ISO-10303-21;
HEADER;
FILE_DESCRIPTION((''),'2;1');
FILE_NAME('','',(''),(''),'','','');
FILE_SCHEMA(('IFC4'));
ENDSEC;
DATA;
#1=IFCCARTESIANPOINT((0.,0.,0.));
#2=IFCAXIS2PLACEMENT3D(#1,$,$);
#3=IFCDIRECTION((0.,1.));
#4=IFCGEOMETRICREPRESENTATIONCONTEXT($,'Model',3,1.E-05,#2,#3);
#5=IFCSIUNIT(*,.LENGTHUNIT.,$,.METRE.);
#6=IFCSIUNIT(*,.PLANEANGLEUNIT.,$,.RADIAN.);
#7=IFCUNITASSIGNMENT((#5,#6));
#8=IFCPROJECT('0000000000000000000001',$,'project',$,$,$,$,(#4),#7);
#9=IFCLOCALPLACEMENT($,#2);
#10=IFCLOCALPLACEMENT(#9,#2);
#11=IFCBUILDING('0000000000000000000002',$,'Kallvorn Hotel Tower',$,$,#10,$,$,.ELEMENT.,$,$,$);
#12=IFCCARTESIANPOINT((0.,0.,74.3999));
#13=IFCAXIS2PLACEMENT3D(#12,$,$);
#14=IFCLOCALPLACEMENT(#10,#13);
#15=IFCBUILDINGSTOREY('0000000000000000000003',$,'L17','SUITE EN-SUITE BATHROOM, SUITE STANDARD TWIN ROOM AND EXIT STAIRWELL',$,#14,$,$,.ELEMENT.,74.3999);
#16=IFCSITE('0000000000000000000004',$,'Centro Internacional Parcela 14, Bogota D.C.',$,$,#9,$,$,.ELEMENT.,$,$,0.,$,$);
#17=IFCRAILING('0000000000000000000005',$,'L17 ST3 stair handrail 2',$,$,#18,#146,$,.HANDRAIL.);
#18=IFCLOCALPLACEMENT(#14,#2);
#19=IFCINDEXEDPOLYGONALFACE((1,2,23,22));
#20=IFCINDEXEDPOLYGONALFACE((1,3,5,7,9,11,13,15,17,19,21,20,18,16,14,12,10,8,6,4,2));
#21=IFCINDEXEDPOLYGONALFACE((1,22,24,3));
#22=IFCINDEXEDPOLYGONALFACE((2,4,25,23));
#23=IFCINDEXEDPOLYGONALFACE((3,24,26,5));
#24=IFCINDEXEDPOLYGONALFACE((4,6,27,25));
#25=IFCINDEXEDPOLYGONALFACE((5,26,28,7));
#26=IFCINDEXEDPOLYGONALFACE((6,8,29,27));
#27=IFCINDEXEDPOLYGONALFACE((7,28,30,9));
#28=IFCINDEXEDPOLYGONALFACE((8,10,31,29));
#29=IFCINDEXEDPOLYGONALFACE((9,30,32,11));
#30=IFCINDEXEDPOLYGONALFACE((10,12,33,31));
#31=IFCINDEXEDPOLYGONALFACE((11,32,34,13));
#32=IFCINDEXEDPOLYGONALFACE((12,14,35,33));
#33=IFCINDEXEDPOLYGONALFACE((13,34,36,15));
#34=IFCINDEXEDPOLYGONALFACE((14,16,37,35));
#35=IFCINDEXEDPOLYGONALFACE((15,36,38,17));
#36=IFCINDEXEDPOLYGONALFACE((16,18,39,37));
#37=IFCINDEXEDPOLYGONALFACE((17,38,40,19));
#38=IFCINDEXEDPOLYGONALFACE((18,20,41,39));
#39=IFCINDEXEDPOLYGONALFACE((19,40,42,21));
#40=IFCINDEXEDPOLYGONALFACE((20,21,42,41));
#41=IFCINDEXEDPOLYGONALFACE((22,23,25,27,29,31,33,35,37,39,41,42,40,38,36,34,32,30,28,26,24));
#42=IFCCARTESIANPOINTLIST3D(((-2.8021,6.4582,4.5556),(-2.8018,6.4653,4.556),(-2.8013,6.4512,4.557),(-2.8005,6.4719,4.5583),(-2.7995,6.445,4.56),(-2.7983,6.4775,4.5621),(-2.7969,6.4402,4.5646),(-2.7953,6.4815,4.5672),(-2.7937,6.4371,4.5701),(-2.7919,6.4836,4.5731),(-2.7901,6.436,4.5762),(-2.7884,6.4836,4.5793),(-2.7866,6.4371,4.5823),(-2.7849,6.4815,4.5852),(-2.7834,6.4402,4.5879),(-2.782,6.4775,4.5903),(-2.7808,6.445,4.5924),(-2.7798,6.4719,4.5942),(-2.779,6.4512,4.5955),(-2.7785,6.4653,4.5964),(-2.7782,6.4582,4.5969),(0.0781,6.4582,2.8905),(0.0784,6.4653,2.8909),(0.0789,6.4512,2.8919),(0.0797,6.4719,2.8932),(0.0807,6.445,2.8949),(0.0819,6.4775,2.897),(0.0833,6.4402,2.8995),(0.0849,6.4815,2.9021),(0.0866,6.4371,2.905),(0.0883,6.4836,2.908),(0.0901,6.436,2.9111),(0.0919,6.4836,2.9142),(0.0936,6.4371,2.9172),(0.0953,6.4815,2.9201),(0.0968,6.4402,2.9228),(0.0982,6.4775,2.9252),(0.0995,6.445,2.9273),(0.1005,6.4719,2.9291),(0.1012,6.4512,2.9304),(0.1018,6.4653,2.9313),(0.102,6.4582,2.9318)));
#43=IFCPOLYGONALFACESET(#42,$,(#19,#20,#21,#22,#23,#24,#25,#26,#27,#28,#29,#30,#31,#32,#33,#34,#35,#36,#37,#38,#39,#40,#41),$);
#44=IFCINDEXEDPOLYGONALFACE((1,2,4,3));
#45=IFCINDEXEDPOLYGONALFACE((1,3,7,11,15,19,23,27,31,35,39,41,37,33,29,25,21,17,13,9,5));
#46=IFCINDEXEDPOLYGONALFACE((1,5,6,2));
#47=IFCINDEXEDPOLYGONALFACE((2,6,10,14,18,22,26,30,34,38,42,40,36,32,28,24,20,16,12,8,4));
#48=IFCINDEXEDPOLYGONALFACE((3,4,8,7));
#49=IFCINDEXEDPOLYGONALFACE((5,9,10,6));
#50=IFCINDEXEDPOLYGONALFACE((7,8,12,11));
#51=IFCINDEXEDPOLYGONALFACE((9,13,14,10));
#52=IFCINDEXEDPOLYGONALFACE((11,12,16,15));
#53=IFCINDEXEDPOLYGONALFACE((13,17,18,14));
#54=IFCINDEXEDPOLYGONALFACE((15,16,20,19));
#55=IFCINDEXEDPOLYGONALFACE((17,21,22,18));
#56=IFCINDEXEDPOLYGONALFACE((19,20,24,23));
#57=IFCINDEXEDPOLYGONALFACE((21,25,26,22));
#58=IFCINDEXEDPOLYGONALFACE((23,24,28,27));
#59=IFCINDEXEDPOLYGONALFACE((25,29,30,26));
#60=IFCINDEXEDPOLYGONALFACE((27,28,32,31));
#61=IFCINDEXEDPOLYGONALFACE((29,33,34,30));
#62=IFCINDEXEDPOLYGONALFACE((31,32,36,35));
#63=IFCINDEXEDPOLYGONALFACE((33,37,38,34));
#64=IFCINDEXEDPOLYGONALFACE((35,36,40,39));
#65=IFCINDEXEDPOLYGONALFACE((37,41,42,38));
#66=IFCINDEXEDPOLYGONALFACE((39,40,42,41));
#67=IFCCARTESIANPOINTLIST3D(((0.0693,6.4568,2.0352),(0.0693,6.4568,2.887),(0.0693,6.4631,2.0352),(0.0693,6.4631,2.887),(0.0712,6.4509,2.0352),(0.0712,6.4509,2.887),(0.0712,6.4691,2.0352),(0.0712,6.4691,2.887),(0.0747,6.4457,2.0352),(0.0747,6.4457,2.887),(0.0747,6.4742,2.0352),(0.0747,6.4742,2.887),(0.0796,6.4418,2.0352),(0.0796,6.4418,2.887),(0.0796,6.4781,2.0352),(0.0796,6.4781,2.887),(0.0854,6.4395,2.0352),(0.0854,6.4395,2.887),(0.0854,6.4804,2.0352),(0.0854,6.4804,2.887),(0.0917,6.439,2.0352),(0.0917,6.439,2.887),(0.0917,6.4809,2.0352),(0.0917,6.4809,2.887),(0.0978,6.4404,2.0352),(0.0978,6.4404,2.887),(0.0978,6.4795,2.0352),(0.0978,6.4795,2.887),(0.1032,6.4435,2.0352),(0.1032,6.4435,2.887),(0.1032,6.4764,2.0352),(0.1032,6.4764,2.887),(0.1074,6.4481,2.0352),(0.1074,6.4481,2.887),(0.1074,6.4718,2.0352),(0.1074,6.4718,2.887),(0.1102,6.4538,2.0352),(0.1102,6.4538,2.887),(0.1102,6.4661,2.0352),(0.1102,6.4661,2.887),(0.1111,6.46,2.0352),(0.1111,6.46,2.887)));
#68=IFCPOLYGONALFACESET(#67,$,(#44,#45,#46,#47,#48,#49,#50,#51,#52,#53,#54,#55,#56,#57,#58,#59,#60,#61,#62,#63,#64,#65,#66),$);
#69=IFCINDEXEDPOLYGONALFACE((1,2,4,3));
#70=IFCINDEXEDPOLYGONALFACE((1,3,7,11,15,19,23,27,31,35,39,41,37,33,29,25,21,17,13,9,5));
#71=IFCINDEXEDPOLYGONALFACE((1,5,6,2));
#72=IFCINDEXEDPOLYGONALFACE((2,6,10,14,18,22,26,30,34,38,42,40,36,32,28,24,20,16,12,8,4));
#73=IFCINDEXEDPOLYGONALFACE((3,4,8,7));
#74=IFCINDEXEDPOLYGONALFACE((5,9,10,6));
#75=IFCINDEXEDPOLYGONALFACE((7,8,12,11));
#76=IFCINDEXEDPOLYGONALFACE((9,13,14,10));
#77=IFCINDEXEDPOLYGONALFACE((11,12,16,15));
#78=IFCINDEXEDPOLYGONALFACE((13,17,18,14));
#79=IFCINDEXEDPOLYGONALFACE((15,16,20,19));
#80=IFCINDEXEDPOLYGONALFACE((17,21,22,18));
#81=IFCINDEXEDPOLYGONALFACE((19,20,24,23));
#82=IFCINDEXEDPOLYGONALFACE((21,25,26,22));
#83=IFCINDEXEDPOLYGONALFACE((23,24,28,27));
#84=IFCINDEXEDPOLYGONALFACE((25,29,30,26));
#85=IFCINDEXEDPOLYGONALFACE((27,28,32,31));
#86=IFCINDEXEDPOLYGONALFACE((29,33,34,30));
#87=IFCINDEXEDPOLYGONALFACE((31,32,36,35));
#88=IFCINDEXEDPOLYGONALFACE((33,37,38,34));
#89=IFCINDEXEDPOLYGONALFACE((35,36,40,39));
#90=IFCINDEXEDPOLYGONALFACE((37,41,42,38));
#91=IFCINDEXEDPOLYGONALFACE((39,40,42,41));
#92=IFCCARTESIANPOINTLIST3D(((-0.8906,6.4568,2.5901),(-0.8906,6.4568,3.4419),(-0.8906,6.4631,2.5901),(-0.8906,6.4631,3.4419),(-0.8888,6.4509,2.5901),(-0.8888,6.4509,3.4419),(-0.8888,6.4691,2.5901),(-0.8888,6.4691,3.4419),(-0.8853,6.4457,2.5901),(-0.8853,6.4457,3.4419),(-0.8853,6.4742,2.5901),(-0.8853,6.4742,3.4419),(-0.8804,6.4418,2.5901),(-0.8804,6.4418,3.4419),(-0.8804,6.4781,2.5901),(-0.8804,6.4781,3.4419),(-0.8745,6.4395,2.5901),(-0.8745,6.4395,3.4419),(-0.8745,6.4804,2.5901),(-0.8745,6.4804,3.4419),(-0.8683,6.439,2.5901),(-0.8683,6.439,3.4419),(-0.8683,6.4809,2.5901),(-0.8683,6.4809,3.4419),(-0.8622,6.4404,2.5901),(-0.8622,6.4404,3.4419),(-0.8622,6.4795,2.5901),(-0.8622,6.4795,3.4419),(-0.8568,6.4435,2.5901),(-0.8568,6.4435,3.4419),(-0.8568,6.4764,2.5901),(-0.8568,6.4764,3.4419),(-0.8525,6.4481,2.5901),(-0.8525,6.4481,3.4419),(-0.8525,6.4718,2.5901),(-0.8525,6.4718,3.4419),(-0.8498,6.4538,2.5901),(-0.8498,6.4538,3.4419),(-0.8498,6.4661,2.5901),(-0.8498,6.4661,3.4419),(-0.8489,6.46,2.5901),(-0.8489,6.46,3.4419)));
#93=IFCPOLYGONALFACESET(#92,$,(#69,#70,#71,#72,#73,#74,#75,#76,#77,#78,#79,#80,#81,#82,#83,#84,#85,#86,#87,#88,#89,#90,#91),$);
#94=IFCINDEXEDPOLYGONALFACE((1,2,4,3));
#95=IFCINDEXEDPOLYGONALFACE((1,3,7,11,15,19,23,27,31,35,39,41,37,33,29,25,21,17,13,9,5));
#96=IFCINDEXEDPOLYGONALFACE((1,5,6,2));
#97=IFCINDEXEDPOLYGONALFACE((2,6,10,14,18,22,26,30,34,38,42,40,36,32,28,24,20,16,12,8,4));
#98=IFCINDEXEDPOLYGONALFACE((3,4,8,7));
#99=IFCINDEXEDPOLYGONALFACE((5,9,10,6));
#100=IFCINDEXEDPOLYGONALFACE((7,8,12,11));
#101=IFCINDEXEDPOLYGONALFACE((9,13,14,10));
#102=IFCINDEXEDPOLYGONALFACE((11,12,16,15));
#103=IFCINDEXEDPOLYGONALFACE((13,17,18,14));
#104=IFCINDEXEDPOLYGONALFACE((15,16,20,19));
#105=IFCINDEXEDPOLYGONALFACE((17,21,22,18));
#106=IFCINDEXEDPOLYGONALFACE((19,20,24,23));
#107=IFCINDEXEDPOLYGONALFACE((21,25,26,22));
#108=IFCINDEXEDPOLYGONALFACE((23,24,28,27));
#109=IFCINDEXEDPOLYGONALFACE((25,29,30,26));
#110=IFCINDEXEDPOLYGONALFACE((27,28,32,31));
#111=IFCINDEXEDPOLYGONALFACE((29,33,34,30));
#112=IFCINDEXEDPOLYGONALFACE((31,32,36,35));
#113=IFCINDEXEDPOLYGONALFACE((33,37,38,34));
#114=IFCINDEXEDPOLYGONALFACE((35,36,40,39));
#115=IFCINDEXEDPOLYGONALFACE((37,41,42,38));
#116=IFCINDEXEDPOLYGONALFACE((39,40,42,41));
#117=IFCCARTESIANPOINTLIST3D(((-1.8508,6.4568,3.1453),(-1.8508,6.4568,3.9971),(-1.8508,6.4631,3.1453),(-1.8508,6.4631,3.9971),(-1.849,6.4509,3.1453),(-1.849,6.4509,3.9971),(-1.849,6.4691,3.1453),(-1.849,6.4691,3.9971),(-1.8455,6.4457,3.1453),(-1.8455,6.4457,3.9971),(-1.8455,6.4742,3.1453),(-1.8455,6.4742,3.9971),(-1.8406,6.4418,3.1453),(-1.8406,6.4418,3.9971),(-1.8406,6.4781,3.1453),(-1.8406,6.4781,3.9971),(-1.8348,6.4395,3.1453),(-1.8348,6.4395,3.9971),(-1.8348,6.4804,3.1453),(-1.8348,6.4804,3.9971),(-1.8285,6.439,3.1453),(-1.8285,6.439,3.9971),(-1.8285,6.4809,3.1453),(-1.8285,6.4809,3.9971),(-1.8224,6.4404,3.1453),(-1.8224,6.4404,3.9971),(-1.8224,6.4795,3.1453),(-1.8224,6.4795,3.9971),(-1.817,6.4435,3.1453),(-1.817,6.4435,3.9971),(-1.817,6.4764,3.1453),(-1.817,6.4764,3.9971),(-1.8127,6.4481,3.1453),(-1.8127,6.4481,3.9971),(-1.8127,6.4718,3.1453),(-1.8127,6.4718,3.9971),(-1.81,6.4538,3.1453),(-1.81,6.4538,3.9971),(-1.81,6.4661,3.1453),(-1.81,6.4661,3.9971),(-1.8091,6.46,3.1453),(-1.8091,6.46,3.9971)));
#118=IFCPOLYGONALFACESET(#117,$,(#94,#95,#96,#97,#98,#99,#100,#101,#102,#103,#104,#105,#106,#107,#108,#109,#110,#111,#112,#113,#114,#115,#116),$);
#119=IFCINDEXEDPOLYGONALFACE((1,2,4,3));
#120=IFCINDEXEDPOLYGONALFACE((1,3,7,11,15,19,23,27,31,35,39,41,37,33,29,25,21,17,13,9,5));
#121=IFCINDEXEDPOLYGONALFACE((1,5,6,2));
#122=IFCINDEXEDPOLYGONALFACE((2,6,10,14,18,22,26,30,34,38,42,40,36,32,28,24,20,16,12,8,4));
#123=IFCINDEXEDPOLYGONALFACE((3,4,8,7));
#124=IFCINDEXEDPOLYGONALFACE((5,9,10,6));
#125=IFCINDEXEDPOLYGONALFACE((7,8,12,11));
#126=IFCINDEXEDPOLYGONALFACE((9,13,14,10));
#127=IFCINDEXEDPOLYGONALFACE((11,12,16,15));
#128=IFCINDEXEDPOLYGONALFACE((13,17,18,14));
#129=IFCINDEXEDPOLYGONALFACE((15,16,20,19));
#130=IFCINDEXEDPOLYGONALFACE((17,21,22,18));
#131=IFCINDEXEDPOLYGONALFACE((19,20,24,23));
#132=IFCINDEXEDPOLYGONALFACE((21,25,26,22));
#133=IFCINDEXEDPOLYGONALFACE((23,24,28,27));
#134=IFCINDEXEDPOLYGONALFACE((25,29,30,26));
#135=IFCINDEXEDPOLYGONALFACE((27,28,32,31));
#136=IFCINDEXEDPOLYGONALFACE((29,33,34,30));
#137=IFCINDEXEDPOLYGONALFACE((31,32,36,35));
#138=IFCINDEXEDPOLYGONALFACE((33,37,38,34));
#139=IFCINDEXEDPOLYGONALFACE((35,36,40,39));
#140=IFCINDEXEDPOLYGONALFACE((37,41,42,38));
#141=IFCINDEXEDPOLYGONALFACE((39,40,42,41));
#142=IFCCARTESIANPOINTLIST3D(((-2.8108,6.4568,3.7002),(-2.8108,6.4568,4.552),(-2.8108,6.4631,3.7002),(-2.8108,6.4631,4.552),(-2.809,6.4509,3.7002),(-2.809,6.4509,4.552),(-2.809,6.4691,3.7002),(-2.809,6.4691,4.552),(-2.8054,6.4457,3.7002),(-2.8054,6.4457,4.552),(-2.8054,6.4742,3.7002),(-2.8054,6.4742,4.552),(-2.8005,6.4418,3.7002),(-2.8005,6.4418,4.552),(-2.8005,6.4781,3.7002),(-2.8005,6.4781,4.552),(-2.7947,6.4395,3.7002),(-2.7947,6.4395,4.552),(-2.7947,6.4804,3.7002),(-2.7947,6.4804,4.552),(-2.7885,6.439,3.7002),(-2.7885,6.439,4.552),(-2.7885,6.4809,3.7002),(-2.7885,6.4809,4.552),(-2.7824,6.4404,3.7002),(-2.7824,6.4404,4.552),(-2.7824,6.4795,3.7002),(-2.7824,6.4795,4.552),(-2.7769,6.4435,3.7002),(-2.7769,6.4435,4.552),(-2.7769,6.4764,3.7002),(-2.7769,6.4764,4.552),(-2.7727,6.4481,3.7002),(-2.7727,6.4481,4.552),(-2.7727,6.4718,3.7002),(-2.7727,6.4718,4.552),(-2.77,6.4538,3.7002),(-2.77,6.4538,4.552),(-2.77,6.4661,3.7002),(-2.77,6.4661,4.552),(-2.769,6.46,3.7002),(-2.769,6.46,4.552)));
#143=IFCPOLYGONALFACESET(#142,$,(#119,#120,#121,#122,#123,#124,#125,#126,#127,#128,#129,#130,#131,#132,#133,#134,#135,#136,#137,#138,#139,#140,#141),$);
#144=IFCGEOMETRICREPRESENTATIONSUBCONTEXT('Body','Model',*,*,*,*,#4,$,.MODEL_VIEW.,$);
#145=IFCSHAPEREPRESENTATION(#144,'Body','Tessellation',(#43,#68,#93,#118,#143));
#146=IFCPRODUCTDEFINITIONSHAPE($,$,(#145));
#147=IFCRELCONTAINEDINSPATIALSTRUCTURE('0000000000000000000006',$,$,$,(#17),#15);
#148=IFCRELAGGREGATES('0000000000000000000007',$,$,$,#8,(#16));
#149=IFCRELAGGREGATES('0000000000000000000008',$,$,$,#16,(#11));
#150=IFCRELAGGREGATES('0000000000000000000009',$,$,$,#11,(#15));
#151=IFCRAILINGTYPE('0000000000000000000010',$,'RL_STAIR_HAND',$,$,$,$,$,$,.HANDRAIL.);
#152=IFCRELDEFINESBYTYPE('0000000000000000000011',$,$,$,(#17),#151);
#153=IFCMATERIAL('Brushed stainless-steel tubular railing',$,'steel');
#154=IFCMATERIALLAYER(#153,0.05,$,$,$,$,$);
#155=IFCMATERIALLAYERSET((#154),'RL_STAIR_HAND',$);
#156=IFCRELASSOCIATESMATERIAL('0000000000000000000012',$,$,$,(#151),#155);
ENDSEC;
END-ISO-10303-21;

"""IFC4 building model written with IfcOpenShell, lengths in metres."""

from ifc_helpers import new_model, si_unit, direction, frame, origin, origin_2d, place, context, subcontext, project, spatial, circle, extrude, material, layer, layer_set, type_object, element, save


model = new_model("IFC4")

# Units and contexts
model_context = context("Model", 3, precision=1e-05, world=origin(), true_north=direction((0.0, 1.0)))
body_context = subcontext(model_context, "Body", "Model", "MODEL_VIEW")
ifc_project = project(units=[si_unit("LENGTHUNIT", "METRE"), si_unit("PLANEANGLEUNIT", "RADIAN")], contexts=[model_context])

# Site, building, storey
site_placement = place(None, origin())
site = spatial("IfcSite", under=ifc_project, at=site_placement, Name="Centro Internacional Parcela 14, Bogota D.C.", CompositionType="ELEMENT", RefElevation=0.0)
building_placement = place(site_placement, origin())
building = spatial("IfcBuilding", under=site, at=building_placement, Name="Kallvorn Hotel Tower", CompositionType="ELEMENT")
storey_placement = place(building_placement, frame((0.0, 0.0, 74.3999)))
storey = spatial("IfcBuildingStorey", under=building, at=storey_placement, Name="L17", Description="SUITE EN-SUITE BATHROOM, SUITE STANDARD TWIN ROOM AND EXIT STAIRWELL", CompositionType="ELEMENT", Elevation=74.3999)

# Railing
ifc_material_1 = material(Name="Brushed stainless-steel tubular railing", Category="steel")
ifc_layer_1 = layer(ifc_material_1, 0.05)
ifc_layer_set_1 = layer_set([ifc_layer_1], Name="RL_STAIR_HAND")
railing_type_1 = type_object("IfcRailingType", Name="RL_STAIR_HAND", PredefinedType="HANDRAIL", material=ifc_layer_set_1)
railing_1_placement = place(storey_placement, frame((0.0901, 6.46, 2.0352)))
element("IfcRailing", 1, at=railing_1_placement, inside=storey, type_object=railing_type_1, Name="L17 ST3 stair handrail 2", PredefinedType="HANDRAIL", context=body_context, shape_type="SweptSolid", body=[
    extrude(circle(Radius=0.0239, at=origin_2d()), frame((0.0, 0.0, 0.876), z_axis=(-0.865739, 0.0, 0.500495), x_axis=(0.0, -1.0, 0.0)), (0.0, 0.0, 1.0), 3.3269),
    extrude(circle(Radius=0.021, at=origin_2d()), origin(), (0.0, 0.0, 1.0), 0.8518),
    extrude(circle(Radius=0.021, at=origin_2d()), frame((-0.96, 0.0, 0.5549)), (0.0, 0.0, 1.0), 0.8518),
    extrude(circle(Radius=0.021, at=origin_2d()), frame((-1.9202, 0.0, 1.1101)), (0.0, 0.0, 1.0), 0.8518),
    extrude(circle(Radius=0.021, at=origin_2d()), frame((-2.8801, 0.0, 1.665)), (0.0, 0.0, 1.0), 0.8518),
])

save(model, "model.ifc")
